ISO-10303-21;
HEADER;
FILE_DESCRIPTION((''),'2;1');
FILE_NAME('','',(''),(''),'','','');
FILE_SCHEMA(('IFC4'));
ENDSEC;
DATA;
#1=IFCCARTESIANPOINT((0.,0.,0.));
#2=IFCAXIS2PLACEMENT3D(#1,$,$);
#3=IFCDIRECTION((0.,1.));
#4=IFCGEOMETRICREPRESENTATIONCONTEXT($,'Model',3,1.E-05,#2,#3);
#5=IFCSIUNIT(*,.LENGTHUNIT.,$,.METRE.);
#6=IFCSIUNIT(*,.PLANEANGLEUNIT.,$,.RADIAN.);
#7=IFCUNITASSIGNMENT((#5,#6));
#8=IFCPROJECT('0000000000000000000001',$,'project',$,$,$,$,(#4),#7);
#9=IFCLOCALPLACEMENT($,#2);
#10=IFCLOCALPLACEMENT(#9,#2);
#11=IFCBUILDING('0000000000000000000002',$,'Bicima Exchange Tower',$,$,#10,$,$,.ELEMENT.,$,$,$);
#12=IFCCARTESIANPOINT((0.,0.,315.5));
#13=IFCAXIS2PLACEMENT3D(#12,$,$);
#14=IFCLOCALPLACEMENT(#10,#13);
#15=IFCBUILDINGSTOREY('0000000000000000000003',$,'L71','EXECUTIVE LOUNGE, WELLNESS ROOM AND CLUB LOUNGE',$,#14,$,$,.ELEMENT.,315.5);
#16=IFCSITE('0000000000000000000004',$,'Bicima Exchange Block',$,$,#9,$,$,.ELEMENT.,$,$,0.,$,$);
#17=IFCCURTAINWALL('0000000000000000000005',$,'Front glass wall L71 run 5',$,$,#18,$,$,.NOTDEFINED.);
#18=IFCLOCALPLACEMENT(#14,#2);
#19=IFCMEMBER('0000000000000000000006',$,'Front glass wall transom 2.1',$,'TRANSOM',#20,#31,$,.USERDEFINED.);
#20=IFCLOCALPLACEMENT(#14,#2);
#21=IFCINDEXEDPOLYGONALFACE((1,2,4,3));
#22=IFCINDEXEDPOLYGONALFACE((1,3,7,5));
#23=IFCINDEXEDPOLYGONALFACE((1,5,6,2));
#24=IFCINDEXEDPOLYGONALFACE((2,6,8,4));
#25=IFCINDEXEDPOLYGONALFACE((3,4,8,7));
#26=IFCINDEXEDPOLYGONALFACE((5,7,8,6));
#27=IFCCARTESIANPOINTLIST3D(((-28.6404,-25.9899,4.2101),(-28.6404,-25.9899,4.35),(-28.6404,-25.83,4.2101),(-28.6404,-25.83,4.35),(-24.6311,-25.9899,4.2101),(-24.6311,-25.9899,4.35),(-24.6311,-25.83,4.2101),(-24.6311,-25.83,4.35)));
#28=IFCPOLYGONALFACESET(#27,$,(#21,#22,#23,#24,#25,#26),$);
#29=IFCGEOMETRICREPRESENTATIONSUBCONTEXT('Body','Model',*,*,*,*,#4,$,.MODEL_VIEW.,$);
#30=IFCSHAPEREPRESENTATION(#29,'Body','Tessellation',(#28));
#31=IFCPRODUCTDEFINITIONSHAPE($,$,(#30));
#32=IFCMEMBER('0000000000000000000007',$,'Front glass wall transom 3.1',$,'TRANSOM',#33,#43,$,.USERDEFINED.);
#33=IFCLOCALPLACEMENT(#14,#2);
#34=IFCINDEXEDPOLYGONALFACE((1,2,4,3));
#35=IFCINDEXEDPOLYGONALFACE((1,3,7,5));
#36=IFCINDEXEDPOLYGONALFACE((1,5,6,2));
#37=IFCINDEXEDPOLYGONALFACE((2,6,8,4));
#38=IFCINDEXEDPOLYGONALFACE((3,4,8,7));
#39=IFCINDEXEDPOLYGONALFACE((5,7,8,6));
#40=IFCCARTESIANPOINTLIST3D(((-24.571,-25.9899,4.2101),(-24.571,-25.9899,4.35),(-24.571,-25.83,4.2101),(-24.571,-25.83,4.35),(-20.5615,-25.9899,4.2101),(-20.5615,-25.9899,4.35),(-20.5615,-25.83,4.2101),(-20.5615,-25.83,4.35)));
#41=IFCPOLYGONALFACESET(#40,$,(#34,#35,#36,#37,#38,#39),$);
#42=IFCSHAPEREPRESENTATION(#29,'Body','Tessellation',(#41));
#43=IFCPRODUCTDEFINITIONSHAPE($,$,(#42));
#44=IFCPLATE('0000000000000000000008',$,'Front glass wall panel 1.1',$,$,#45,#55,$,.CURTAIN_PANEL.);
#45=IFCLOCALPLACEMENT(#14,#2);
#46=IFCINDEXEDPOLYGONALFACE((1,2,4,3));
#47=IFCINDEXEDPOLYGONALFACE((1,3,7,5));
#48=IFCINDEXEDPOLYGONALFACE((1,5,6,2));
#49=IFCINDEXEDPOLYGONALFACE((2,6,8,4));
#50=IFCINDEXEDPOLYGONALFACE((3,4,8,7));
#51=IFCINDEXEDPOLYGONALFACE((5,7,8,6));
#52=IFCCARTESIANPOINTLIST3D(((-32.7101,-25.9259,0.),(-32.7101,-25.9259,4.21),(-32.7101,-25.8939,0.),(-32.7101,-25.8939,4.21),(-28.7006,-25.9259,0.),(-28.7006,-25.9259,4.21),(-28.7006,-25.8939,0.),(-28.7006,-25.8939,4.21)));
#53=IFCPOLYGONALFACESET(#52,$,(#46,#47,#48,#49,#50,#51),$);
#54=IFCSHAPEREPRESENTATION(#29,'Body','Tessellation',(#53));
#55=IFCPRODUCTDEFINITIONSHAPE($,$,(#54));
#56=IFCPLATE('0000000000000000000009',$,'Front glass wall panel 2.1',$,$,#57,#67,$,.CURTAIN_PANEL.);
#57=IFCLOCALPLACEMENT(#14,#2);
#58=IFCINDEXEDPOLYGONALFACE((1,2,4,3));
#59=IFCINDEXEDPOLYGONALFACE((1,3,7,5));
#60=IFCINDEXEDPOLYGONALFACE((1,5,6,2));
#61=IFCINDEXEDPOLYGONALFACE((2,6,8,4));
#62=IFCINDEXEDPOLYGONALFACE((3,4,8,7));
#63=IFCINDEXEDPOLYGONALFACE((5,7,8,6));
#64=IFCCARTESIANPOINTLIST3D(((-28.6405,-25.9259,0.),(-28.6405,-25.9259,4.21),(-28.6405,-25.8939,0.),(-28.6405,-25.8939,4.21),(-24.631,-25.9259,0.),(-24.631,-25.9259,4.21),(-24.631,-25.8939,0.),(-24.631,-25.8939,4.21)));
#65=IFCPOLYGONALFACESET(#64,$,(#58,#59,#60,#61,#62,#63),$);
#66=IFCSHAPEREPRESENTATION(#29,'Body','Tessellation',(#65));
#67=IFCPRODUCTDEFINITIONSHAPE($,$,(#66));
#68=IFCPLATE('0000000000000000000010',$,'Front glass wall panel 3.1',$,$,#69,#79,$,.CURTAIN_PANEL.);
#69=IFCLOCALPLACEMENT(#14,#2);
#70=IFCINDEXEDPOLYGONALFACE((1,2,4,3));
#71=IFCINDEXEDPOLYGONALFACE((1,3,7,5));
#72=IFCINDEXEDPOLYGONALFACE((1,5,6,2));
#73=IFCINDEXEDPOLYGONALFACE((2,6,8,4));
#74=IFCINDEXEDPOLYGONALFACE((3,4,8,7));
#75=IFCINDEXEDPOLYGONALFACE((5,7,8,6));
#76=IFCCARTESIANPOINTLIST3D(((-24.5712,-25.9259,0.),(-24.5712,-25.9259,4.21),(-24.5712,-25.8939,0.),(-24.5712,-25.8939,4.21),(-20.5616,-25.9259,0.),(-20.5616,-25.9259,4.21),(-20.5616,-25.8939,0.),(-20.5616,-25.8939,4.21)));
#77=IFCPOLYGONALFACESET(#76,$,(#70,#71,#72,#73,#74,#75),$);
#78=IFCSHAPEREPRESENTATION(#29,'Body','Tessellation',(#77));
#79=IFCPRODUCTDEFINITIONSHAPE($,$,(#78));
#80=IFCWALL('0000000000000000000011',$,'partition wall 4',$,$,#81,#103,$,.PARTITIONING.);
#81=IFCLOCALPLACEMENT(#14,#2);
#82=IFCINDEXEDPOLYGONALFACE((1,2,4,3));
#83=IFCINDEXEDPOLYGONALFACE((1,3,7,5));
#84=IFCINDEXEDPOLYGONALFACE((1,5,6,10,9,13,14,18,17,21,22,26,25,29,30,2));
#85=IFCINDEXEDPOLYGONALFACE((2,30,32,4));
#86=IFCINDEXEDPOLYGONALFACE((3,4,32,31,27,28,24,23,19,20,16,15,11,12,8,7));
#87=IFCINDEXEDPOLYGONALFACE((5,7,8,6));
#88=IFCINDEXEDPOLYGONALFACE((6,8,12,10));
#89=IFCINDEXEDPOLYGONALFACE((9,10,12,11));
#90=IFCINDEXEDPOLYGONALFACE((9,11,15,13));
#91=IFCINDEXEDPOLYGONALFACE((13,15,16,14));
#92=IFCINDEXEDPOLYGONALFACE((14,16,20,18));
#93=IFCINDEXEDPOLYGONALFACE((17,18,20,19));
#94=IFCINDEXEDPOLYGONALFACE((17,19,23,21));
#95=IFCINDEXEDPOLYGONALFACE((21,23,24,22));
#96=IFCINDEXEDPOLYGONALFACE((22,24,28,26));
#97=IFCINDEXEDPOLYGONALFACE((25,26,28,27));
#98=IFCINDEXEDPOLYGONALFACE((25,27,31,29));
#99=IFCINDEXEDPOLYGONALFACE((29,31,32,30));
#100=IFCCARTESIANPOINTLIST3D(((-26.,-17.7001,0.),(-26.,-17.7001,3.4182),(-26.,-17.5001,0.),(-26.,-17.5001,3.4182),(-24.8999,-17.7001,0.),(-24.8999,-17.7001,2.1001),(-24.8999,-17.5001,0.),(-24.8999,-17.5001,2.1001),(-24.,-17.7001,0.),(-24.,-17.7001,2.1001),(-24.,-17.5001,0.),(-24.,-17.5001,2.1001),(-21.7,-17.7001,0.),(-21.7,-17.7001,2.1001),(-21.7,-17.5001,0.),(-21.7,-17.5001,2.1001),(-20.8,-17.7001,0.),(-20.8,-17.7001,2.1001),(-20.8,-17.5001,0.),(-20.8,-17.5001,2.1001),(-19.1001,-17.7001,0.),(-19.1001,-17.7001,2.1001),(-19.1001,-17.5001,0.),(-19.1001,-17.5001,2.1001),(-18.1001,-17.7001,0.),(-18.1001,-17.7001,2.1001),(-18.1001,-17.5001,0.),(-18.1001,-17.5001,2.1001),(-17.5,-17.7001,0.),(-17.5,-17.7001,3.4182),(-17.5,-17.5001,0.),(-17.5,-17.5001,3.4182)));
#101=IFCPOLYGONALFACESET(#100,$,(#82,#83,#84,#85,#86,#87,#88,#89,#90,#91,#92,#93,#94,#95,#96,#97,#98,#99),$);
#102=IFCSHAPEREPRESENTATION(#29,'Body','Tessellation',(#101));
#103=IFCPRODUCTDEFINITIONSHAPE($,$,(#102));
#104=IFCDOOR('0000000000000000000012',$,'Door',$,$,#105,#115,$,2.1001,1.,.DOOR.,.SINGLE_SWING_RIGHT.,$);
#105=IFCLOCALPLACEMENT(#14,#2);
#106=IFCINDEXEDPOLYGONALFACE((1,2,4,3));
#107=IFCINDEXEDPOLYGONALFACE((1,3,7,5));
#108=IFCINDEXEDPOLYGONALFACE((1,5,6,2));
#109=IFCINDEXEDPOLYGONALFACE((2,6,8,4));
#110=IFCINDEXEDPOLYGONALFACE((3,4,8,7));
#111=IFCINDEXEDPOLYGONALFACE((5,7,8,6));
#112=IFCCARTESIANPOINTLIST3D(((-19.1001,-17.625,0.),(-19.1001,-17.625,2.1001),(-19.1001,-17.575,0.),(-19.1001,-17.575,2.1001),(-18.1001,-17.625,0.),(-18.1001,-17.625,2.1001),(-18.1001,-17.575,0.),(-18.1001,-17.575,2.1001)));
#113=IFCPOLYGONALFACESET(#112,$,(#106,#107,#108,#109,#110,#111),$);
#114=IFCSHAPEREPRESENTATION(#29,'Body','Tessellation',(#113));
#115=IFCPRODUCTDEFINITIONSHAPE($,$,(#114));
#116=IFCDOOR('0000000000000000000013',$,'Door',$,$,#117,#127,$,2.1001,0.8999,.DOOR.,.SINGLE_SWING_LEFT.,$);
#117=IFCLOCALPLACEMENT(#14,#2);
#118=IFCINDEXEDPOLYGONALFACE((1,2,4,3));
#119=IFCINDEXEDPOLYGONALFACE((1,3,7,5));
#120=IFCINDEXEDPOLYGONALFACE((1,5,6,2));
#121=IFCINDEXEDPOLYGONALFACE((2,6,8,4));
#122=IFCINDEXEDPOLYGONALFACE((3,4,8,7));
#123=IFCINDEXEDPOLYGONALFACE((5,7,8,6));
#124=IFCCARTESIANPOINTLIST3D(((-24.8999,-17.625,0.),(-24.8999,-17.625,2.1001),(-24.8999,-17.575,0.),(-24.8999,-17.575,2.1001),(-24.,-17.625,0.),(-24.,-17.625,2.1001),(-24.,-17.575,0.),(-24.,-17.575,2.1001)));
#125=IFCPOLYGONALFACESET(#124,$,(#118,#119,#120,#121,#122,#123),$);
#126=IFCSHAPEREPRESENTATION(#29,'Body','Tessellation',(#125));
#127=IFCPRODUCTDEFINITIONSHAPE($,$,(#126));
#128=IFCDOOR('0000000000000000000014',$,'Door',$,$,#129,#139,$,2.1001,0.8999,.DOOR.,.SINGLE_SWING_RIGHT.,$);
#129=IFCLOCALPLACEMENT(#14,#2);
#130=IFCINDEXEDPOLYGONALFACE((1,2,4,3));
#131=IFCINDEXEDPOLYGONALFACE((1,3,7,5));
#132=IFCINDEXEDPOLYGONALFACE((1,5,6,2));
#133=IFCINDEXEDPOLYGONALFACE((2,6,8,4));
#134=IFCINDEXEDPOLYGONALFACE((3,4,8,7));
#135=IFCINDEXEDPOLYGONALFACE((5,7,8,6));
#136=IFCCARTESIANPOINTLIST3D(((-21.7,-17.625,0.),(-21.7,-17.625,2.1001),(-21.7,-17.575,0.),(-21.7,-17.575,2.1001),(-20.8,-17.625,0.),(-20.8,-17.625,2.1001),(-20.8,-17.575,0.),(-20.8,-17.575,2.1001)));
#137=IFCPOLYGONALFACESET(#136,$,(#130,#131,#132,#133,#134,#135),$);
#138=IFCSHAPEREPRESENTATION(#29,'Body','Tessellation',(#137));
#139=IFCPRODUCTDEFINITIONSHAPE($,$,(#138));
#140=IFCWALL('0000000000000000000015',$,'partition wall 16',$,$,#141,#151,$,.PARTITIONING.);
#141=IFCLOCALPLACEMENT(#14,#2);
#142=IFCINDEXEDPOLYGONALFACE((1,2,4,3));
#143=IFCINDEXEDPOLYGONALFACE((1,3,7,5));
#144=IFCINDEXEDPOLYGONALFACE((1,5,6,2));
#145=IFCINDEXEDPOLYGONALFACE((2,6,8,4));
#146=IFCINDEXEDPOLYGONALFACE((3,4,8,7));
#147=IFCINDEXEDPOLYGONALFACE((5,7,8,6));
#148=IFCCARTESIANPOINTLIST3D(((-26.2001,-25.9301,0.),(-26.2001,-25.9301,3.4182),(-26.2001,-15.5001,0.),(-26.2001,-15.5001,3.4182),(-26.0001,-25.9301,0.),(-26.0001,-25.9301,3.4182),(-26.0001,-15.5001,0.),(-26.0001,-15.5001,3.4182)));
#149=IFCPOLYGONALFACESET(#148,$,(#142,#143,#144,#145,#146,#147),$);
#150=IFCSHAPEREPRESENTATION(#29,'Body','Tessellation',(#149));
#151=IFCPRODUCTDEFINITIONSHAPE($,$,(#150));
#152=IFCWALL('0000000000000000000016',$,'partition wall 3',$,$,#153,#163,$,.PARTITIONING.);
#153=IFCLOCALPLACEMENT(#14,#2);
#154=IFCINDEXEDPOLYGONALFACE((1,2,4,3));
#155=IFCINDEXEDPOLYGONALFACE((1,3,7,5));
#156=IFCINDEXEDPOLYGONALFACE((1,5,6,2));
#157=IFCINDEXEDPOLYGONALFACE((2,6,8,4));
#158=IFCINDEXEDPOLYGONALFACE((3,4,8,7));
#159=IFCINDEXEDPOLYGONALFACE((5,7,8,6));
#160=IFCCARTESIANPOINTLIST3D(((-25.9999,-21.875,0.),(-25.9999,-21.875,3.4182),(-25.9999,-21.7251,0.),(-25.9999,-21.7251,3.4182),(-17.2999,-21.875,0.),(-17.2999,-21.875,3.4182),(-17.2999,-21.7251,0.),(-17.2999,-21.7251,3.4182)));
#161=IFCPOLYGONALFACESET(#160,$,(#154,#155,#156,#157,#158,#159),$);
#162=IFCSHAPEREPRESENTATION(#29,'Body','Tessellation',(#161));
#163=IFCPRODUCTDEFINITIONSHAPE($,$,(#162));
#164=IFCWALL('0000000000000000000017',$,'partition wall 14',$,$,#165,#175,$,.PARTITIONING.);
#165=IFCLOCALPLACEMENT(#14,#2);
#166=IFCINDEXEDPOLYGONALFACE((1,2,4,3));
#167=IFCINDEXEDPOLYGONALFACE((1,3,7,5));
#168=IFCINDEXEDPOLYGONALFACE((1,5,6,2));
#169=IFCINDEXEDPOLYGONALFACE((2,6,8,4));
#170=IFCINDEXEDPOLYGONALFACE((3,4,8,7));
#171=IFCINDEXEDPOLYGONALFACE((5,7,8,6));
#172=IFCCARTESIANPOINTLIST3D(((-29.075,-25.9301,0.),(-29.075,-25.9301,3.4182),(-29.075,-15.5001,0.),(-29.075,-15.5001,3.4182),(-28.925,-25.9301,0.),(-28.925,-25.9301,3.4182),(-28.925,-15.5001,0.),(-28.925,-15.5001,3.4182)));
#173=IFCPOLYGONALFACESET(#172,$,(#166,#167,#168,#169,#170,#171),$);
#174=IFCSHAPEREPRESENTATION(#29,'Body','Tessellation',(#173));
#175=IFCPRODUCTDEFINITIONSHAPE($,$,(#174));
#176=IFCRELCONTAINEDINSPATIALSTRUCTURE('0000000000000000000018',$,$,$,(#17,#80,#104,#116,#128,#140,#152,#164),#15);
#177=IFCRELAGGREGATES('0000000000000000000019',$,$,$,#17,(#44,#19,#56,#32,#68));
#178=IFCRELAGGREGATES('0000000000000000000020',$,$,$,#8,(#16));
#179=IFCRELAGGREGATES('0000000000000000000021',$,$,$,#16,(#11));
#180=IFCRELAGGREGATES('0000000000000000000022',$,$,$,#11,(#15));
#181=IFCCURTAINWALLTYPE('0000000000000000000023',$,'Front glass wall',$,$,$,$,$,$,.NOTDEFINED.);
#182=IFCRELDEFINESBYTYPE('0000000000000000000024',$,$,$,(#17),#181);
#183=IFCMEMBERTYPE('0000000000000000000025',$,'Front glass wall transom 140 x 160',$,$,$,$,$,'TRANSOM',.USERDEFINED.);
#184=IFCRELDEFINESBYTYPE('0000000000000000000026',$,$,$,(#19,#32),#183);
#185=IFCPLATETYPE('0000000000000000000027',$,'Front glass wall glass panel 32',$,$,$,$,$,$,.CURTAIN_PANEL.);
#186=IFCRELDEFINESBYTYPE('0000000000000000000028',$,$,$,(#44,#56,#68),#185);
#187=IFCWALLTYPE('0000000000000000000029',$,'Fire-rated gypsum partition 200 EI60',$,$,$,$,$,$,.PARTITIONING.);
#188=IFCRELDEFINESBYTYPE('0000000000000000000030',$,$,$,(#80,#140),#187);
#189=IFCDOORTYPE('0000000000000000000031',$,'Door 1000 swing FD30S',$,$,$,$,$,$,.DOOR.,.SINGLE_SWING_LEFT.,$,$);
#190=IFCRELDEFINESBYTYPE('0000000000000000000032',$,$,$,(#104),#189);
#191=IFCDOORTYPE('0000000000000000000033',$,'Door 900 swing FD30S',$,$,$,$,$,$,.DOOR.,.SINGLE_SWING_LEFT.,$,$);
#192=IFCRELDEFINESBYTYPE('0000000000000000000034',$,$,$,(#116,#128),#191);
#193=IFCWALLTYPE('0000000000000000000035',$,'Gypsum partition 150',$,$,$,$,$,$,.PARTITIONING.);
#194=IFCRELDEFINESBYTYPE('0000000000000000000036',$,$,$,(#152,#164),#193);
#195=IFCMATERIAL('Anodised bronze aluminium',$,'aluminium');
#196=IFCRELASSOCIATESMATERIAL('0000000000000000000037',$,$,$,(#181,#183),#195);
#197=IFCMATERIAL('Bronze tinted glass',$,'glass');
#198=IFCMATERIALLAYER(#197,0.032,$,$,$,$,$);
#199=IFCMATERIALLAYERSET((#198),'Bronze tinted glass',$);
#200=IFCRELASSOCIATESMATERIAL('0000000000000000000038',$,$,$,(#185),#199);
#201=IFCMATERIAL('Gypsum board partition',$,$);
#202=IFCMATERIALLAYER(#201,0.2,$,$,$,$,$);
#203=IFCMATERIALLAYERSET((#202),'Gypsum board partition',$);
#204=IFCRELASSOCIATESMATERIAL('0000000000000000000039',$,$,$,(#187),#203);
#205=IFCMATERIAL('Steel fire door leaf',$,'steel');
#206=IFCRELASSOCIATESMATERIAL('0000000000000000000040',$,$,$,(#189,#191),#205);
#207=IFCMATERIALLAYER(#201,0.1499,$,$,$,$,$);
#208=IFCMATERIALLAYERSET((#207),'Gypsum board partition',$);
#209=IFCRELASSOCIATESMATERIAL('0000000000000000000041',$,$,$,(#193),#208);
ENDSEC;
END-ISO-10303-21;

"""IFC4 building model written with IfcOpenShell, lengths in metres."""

from ifc_helpers import new_model, si_unit, direction, frame, frame_2d, origin, origin_2d, place, context, subcontext, project, spatial, rectangle, extrude, material, layer, layer_set, material_profile, profile_set, type_object, element, fill, aggregate, save


model = new_model("IFC4")

# Units and contexts
model_context = context("Model", 3, precision=1e-05, world=origin(), true_north=direction((0.0, 1.0)))
body_context = subcontext(model_context, "Body", "Model", "MODEL_VIEW")
ifc_project = project(units=[si_unit("LENGTHUNIT", "METRE"), si_unit("PLANEANGLEUNIT", "RADIAN")], contexts=[model_context])

# Site, building, storey
site_placement = place(None, origin())
site = spatial("IfcSite", under=ifc_project, at=site_placement, Name="Bicima Exchange Block", CompositionType="ELEMENT", RefElevation=0.0)
building_placement = place(site_placement, origin())
building = spatial("IfcBuilding", under=site, at=building_placement, Name="Bicima Exchange Tower", CompositionType="ELEMENT")
storey_placement = place(building_placement, frame((0.0, 0.0, 315.5)))
storey = spatial("IfcBuildingStorey", under=building, at=storey_placement, Name="L71", Description="EXECUTIVE LOUNGE, WELLNESS ROOM AND CLUB LOUNGE", CompositionType="ELEMENT", Elevation=315.5)

# Curtain wall, members, plates
ifc_material_1 = material(Name="Anodised bronze aluminium", Category="aluminium")
curtain_wall_type = type_object("IfcCurtainWallType", Name="Front glass wall", PredefinedType="NOTDEFINED", material=ifc_material_1)
curtain_wall_placement = place(storey_placement, origin())
curtain_wall = element("IfcCurtainWall", 1, at=curtain_wall_placement, inside=storey, type_object=curtain_wall_type, Name="Front glass wall L71 run 5", PredefinedType="NOTDEFINED")
ifc_material_profile_1 = material_profile(ifc_material_1, rectangle(XDim=0.1599, YDim=0.1399, at=origin_2d()))
ifc_profile_set_1 = profile_set([ifc_material_profile_1], Name="Anodised bronze aluminium")
member_type_1 = type_object("IfcMemberType", Name="Front glass wall transom 140 x 160", ElementType="TRANSOM", PredefinedType="USERDEFINED", material=ifc_profile_set_1)
member_1_placement = place(storey_placement, frame((-28.6404, -25.9099, 4.28), z_axis=(1.0, 0.0, 0.0), x_axis=(0.0, 1.0, 0.0)))
member_1 = element("IfcMember", 2, at=member_1_placement, type_object=member_type_1, Name="Front glass wall transom 2.1", ObjectType="TRANSOM", PredefinedType="USERDEFINED", context=body_context, shape_type="SweptSolid", body=[
    extrude(rectangle(XDim=0.1599, YDim=0.1399, at=origin_2d()), origin(), (0.0, 0.0, 1.0), 4.0093),
])
member_2_placement = place(storey_placement, frame((-24.571, -25.9099, 4.28), z_axis=(1.0, 0.0, 0.0), x_axis=(0.0, 1.0, 0.0)))
member_2 = element("IfcMember", 3, at=member_2_placement, type_object=member_type_1, Name="Front glass wall transom 3.1", ObjectType="TRANSOM", PredefinedType="USERDEFINED", context=body_context, shape_type="SweptSolid", body=[
    extrude(rectangle(XDim=0.1599, YDim=0.1399, at=origin_2d()), origin(), (0.0, 0.0, 1.0), 4.0095),
])
ifc_material_2 = material(Name="Bronze tinted glass", Category="glass")
ifc_layer_1 = layer(ifc_material_2, 0.032)
ifc_layer_set_1 = layer_set([ifc_layer_1], Name="Bronze tinted glass")
plate_type = type_object("IfcPlateType", Name="Front glass wall glass panel 32", PredefinedType="CURTAIN_PANEL", material=ifc_layer_set_1)
plate_1_placement = place(storey_placement, frame((-30.7053, -25.9099, 0.0), z_axis=(0.0, 0.0, 1.0), x_axis=(1.0, 0.0, 0.0)))
plate_1 = element("IfcPlate", 4, at=plate_1_placement, type_object=plate_type, Name="Front glass wall panel 1.1", PredefinedType="CURTAIN_PANEL", context=body_context, shape_type="SweptSolid", body=[
    extrude(rectangle(XDim=4.0095, YDim=0.032, at=origin_2d()), origin(), (0.0, 0.0, 1.0), 4.21),
])
plate_2_placement = place(storey_placement, frame((-26.6357, -25.9099, 0.0), z_axis=(0.0, 0.0, 1.0), x_axis=(1.0, 0.0, 0.0)))
plate_2 = element("IfcPlate", 5, at=plate_2_placement, type_object=plate_type, Name="Front glass wall panel 2.1", PredefinedType="CURTAIN_PANEL", context=body_context, shape_type="SweptSolid", body=[
    extrude(rectangle(XDim=4.0095, YDim=0.032, at=origin_2d()), origin(), (0.0, 0.0, 1.0), 4.21),
])
plate_3_placement = place(storey_placement, frame((-22.5664, -25.9099, 0.0), z_axis=(0.0, 0.0, 1.0), x_axis=(1.0, 0.0, 0.0)))
plate_3 = element("IfcPlate", 6, at=plate_3_placement, type_object=plate_type, Name="Front glass wall panel 3.1", PredefinedType="CURTAIN_PANEL", context=body_context, shape_type="SweptSolid", body=[
    extrude(rectangle(XDim=4.0095, YDim=0.032, at=origin_2d()), origin(), (0.0, 0.0, 1.0), 4.21),
])
aggregate(curtain_wall, [plate_1, member_1, plate_2, member_2, plate_3])

# Wall, openings, doors
ifc_material_3 = material(Name="Gypsum board partition")
ifc_layer_2 = layer(ifc_material_3, 0.2)
ifc_layer_set_2 = layer_set([ifc_layer_2], Name="Gypsum board partition")
wall_type_1 = type_object("IfcWallType", Name="Fire-rated gypsum partition 200 EI60", PredefinedType="PARTITIONING", material=ifc_layer_set_2)
wall_1_placement = place(storey_placement, frame((-26.0, -17.6001, 0.0), z_axis=(0.0, 0.0, 1.0), x_axis=(1.0, 0.0, 0.0)))
wall_1 = element("IfcWall", 7, at=wall_1_placement, inside=storey, type_object=wall_type_1, Name="partition wall 4", PredefinedType="PARTITIONING", context=body_context, shape_type="SweptSolid", body=[
    extrude(rectangle(XDim=8.5, YDim=0.2, at=frame_2d((4.25, 0.0))), origin(), (0.0, 0.0, 1.0), 3.4182),
])
opening_1_placement = place(wall_1_placement, frame((1.1001, 0.0, 0.0)))
opening_1 = element("IfcOpeningElement", 8, at=opening_1_placement, cuts=wall_1, PredefinedType="OPENING", context=body_context, shape_type="SweptSolid", body=[
    extrude(rectangle(XDim=0.8999, YDim=2.1001, at=frame_2d((0.45, 1.05))), frame((0.0, 0.1118, 0.0), z_axis=(0.0, -1.0, 0.0), x_axis=(1.0, 0.0, 0.0)), (0.0, 0.0, 1.0), 0.2239),
])
opening_2_placement = place(wall_1_placement, frame((4.3, 0.0, 0.0)))
opening_2 = element("IfcOpeningElement", 9, at=opening_2_placement, cuts=wall_1, PredefinedType="OPENING", context=body_context, shape_type="SweptSolid", body=[
    extrude(rectangle(XDim=0.8999, YDim=2.1001, at=frame_2d((0.45, 1.05))), frame((0.0, 0.1118, 0.0), z_axis=(0.0, -1.0, 0.0), x_axis=(1.0, 0.0, 0.0)), (0.0, 0.0, 1.0), 0.2239),
])
opening_3_placement = place(wall_1_placement, frame((6.8999, 0.0, 0.0)))
opening_3 = element("IfcOpeningElement", 10, at=opening_3_placement, cuts=wall_1, PredefinedType="OPENING", context=body_context, shape_type="SweptSolid", body=[
    extrude(rectangle(XDim=1.0, YDim=2.1001, at=frame_2d((0.5, 1.05))), frame((0.0, 0.1118, 0.0), z_axis=(0.0, -1.0, 0.0), x_axis=(1.0, 0.0, 0.0)), (0.0, 0.0, 1.0), 0.2239),
])
ifc_material_4 = material(Name="Steel fire door leaf", Category="steel")
door_type_1 = type_object("IfcDoorType", Name="Door 1000 swing FD30S", OperationType="SINGLE_SWING_LEFT", PredefinedType="DOOR", material=ifc_material_4)
door_1_placement = place(opening_3_placement, frame((1.0, 0.0, 0.0), z_axis=(0.0, 0.0, 1.0), x_axis=(-1.0, 0.0, 0.0)))
door_1 = element("IfcDoor", 11, at=door_1_placement, inside=storey, type_object=door_type_1, Name="Door", OperationType="SINGLE_SWING_RIGHT", OverallHeight=2.1001, OverallWidth=1.0, PredefinedType="DOOR", context=body_context, shape_type="SweptSolid", body=[
    extrude(rectangle(XDim=1.0, YDim=2.1001, at=frame_2d((0.5, 1.05))), frame((0.0, 0.0249, 0.0), z_axis=(0.0, -1.0, 0.0), x_axis=(1.0, 0.0, 0.0)), (0.0, 0.0, 1.0), 0.05),
])
fill(opening_3, door_1)
door_type_2 = type_object("IfcDoorType", Name="Door 900 swing FD30S", OperationType="SINGLE_SWING_LEFT", PredefinedType="DOOR", material=ifc_material_4)
door_2_placement = place(opening_1_placement, frame((0.8999, 0.0, 0.0), z_axis=(0.0, 0.0, 1.0), x_axis=(-1.0, 0.0, 0.0)))
door_2 = element("IfcDoor", 12, at=door_2_placement, inside=storey, type_object=door_type_2, Name="Door", OperationType="SINGLE_SWING_LEFT", OverallHeight=2.1001, OverallWidth=0.8999, PredefinedType="DOOR", context=body_context, shape_type="SweptSolid", body=[
    extrude(rectangle(XDim=0.8999, YDim=2.1001, at=frame_2d((0.45, 1.05))), frame((0.0, 0.0249, 0.0), z_axis=(0.0, -1.0, 0.0), x_axis=(1.0, 0.0, 0.0)), (0.0, 0.0, 1.0), 0.05),
])
fill(opening_1, door_2)
door_3_placement = place(opening_2_placement, frame((0.8999, 0.0, 0.0), z_axis=(0.0, 0.0, 1.0), x_axis=(-1.0, 0.0, 0.0)))
door_3 = element("IfcDoor", 13, at=door_3_placement, inside=storey, type_object=door_type_2, Name="Door", OperationType="SINGLE_SWING_RIGHT", OverallHeight=2.1001, OverallWidth=0.8999, PredefinedType="DOOR", context=body_context, shape_type="SweptSolid", body=[
    extrude(rectangle(XDim=0.8999, YDim=2.1001, at=frame_2d((0.45, 1.05))), frame((0.0, 0.0249, 0.0), z_axis=(0.0, -1.0, 0.0), x_axis=(1.0, 0.0, 0.0)), (0.0, 0.0, 1.0), 0.05),
])
fill(opening_2, door_3)

# Walls
wall_2_placement = place(storey_placement, frame((-26.1001, -25.9299, 0.0), z_axis=(0.0, 0.0, 1.0), x_axis=(0.0, 1.0, 0.0)))
element("IfcWall", 14, at=wall_2_placement, inside=storey, type_object=wall_type_1, Name="partition wall 16", PredefinedType="PARTITIONING", context=body_context, shape_type="SweptSolid", body=[
    extrude(rectangle(XDim=10.4299, YDim=0.2, at=frame_2d((5.2148, 0.0))), origin(), (0.0, 0.0, 1.0), 3.4182),
])
ifc_layer_3 = layer(ifc_material_3, 0.1499)
ifc_layer_set_3 = layer_set([ifc_layer_3], Name="Gypsum board partition")
wall_type_2 = type_object("IfcWallType", Name="Gypsum partition 150", PredefinedType="PARTITIONING", material=ifc_layer_set_3)
wall_3_placement = place(storey_placement, frame((-26.0, -21.8, 0.0), z_axis=(0.0, 0.0, 1.0), x_axis=(1.0, 0.0, 0.0)))
element("IfcWall", 15, at=wall_3_placement, inside=storey, type_object=wall_type_2, Name="partition wall 3", PredefinedType="PARTITIONING", context=body_context, shape_type="SweptSolid", body=[
    extrude(rectangle(XDim=8.7, YDim=0.1499, at=frame_2d((4.3501, 0.0))), origin(), (0.0, 0.0, 1.0), 3.4182),
])
wall_4_placement = place(storey_placement, frame((-29.0, -25.9299, 0.0), z_axis=(0.0, 0.0, 1.0), x_axis=(0.0, 1.0, 0.0)))
element("IfcWall", 16, at=wall_4_placement, inside=storey, type_object=wall_type_2, Name="partition wall 14", PredefinedType="PARTITIONING", context=body_context, shape_type="SweptSolid", body=[
    extrude(rectangle(XDim=10.4299, YDim=0.1499, at=frame_2d((5.2148, 0.0))), origin(), (0.0, 0.0, 1.0), 3.4182),
])

save(model, "model.ifc")
